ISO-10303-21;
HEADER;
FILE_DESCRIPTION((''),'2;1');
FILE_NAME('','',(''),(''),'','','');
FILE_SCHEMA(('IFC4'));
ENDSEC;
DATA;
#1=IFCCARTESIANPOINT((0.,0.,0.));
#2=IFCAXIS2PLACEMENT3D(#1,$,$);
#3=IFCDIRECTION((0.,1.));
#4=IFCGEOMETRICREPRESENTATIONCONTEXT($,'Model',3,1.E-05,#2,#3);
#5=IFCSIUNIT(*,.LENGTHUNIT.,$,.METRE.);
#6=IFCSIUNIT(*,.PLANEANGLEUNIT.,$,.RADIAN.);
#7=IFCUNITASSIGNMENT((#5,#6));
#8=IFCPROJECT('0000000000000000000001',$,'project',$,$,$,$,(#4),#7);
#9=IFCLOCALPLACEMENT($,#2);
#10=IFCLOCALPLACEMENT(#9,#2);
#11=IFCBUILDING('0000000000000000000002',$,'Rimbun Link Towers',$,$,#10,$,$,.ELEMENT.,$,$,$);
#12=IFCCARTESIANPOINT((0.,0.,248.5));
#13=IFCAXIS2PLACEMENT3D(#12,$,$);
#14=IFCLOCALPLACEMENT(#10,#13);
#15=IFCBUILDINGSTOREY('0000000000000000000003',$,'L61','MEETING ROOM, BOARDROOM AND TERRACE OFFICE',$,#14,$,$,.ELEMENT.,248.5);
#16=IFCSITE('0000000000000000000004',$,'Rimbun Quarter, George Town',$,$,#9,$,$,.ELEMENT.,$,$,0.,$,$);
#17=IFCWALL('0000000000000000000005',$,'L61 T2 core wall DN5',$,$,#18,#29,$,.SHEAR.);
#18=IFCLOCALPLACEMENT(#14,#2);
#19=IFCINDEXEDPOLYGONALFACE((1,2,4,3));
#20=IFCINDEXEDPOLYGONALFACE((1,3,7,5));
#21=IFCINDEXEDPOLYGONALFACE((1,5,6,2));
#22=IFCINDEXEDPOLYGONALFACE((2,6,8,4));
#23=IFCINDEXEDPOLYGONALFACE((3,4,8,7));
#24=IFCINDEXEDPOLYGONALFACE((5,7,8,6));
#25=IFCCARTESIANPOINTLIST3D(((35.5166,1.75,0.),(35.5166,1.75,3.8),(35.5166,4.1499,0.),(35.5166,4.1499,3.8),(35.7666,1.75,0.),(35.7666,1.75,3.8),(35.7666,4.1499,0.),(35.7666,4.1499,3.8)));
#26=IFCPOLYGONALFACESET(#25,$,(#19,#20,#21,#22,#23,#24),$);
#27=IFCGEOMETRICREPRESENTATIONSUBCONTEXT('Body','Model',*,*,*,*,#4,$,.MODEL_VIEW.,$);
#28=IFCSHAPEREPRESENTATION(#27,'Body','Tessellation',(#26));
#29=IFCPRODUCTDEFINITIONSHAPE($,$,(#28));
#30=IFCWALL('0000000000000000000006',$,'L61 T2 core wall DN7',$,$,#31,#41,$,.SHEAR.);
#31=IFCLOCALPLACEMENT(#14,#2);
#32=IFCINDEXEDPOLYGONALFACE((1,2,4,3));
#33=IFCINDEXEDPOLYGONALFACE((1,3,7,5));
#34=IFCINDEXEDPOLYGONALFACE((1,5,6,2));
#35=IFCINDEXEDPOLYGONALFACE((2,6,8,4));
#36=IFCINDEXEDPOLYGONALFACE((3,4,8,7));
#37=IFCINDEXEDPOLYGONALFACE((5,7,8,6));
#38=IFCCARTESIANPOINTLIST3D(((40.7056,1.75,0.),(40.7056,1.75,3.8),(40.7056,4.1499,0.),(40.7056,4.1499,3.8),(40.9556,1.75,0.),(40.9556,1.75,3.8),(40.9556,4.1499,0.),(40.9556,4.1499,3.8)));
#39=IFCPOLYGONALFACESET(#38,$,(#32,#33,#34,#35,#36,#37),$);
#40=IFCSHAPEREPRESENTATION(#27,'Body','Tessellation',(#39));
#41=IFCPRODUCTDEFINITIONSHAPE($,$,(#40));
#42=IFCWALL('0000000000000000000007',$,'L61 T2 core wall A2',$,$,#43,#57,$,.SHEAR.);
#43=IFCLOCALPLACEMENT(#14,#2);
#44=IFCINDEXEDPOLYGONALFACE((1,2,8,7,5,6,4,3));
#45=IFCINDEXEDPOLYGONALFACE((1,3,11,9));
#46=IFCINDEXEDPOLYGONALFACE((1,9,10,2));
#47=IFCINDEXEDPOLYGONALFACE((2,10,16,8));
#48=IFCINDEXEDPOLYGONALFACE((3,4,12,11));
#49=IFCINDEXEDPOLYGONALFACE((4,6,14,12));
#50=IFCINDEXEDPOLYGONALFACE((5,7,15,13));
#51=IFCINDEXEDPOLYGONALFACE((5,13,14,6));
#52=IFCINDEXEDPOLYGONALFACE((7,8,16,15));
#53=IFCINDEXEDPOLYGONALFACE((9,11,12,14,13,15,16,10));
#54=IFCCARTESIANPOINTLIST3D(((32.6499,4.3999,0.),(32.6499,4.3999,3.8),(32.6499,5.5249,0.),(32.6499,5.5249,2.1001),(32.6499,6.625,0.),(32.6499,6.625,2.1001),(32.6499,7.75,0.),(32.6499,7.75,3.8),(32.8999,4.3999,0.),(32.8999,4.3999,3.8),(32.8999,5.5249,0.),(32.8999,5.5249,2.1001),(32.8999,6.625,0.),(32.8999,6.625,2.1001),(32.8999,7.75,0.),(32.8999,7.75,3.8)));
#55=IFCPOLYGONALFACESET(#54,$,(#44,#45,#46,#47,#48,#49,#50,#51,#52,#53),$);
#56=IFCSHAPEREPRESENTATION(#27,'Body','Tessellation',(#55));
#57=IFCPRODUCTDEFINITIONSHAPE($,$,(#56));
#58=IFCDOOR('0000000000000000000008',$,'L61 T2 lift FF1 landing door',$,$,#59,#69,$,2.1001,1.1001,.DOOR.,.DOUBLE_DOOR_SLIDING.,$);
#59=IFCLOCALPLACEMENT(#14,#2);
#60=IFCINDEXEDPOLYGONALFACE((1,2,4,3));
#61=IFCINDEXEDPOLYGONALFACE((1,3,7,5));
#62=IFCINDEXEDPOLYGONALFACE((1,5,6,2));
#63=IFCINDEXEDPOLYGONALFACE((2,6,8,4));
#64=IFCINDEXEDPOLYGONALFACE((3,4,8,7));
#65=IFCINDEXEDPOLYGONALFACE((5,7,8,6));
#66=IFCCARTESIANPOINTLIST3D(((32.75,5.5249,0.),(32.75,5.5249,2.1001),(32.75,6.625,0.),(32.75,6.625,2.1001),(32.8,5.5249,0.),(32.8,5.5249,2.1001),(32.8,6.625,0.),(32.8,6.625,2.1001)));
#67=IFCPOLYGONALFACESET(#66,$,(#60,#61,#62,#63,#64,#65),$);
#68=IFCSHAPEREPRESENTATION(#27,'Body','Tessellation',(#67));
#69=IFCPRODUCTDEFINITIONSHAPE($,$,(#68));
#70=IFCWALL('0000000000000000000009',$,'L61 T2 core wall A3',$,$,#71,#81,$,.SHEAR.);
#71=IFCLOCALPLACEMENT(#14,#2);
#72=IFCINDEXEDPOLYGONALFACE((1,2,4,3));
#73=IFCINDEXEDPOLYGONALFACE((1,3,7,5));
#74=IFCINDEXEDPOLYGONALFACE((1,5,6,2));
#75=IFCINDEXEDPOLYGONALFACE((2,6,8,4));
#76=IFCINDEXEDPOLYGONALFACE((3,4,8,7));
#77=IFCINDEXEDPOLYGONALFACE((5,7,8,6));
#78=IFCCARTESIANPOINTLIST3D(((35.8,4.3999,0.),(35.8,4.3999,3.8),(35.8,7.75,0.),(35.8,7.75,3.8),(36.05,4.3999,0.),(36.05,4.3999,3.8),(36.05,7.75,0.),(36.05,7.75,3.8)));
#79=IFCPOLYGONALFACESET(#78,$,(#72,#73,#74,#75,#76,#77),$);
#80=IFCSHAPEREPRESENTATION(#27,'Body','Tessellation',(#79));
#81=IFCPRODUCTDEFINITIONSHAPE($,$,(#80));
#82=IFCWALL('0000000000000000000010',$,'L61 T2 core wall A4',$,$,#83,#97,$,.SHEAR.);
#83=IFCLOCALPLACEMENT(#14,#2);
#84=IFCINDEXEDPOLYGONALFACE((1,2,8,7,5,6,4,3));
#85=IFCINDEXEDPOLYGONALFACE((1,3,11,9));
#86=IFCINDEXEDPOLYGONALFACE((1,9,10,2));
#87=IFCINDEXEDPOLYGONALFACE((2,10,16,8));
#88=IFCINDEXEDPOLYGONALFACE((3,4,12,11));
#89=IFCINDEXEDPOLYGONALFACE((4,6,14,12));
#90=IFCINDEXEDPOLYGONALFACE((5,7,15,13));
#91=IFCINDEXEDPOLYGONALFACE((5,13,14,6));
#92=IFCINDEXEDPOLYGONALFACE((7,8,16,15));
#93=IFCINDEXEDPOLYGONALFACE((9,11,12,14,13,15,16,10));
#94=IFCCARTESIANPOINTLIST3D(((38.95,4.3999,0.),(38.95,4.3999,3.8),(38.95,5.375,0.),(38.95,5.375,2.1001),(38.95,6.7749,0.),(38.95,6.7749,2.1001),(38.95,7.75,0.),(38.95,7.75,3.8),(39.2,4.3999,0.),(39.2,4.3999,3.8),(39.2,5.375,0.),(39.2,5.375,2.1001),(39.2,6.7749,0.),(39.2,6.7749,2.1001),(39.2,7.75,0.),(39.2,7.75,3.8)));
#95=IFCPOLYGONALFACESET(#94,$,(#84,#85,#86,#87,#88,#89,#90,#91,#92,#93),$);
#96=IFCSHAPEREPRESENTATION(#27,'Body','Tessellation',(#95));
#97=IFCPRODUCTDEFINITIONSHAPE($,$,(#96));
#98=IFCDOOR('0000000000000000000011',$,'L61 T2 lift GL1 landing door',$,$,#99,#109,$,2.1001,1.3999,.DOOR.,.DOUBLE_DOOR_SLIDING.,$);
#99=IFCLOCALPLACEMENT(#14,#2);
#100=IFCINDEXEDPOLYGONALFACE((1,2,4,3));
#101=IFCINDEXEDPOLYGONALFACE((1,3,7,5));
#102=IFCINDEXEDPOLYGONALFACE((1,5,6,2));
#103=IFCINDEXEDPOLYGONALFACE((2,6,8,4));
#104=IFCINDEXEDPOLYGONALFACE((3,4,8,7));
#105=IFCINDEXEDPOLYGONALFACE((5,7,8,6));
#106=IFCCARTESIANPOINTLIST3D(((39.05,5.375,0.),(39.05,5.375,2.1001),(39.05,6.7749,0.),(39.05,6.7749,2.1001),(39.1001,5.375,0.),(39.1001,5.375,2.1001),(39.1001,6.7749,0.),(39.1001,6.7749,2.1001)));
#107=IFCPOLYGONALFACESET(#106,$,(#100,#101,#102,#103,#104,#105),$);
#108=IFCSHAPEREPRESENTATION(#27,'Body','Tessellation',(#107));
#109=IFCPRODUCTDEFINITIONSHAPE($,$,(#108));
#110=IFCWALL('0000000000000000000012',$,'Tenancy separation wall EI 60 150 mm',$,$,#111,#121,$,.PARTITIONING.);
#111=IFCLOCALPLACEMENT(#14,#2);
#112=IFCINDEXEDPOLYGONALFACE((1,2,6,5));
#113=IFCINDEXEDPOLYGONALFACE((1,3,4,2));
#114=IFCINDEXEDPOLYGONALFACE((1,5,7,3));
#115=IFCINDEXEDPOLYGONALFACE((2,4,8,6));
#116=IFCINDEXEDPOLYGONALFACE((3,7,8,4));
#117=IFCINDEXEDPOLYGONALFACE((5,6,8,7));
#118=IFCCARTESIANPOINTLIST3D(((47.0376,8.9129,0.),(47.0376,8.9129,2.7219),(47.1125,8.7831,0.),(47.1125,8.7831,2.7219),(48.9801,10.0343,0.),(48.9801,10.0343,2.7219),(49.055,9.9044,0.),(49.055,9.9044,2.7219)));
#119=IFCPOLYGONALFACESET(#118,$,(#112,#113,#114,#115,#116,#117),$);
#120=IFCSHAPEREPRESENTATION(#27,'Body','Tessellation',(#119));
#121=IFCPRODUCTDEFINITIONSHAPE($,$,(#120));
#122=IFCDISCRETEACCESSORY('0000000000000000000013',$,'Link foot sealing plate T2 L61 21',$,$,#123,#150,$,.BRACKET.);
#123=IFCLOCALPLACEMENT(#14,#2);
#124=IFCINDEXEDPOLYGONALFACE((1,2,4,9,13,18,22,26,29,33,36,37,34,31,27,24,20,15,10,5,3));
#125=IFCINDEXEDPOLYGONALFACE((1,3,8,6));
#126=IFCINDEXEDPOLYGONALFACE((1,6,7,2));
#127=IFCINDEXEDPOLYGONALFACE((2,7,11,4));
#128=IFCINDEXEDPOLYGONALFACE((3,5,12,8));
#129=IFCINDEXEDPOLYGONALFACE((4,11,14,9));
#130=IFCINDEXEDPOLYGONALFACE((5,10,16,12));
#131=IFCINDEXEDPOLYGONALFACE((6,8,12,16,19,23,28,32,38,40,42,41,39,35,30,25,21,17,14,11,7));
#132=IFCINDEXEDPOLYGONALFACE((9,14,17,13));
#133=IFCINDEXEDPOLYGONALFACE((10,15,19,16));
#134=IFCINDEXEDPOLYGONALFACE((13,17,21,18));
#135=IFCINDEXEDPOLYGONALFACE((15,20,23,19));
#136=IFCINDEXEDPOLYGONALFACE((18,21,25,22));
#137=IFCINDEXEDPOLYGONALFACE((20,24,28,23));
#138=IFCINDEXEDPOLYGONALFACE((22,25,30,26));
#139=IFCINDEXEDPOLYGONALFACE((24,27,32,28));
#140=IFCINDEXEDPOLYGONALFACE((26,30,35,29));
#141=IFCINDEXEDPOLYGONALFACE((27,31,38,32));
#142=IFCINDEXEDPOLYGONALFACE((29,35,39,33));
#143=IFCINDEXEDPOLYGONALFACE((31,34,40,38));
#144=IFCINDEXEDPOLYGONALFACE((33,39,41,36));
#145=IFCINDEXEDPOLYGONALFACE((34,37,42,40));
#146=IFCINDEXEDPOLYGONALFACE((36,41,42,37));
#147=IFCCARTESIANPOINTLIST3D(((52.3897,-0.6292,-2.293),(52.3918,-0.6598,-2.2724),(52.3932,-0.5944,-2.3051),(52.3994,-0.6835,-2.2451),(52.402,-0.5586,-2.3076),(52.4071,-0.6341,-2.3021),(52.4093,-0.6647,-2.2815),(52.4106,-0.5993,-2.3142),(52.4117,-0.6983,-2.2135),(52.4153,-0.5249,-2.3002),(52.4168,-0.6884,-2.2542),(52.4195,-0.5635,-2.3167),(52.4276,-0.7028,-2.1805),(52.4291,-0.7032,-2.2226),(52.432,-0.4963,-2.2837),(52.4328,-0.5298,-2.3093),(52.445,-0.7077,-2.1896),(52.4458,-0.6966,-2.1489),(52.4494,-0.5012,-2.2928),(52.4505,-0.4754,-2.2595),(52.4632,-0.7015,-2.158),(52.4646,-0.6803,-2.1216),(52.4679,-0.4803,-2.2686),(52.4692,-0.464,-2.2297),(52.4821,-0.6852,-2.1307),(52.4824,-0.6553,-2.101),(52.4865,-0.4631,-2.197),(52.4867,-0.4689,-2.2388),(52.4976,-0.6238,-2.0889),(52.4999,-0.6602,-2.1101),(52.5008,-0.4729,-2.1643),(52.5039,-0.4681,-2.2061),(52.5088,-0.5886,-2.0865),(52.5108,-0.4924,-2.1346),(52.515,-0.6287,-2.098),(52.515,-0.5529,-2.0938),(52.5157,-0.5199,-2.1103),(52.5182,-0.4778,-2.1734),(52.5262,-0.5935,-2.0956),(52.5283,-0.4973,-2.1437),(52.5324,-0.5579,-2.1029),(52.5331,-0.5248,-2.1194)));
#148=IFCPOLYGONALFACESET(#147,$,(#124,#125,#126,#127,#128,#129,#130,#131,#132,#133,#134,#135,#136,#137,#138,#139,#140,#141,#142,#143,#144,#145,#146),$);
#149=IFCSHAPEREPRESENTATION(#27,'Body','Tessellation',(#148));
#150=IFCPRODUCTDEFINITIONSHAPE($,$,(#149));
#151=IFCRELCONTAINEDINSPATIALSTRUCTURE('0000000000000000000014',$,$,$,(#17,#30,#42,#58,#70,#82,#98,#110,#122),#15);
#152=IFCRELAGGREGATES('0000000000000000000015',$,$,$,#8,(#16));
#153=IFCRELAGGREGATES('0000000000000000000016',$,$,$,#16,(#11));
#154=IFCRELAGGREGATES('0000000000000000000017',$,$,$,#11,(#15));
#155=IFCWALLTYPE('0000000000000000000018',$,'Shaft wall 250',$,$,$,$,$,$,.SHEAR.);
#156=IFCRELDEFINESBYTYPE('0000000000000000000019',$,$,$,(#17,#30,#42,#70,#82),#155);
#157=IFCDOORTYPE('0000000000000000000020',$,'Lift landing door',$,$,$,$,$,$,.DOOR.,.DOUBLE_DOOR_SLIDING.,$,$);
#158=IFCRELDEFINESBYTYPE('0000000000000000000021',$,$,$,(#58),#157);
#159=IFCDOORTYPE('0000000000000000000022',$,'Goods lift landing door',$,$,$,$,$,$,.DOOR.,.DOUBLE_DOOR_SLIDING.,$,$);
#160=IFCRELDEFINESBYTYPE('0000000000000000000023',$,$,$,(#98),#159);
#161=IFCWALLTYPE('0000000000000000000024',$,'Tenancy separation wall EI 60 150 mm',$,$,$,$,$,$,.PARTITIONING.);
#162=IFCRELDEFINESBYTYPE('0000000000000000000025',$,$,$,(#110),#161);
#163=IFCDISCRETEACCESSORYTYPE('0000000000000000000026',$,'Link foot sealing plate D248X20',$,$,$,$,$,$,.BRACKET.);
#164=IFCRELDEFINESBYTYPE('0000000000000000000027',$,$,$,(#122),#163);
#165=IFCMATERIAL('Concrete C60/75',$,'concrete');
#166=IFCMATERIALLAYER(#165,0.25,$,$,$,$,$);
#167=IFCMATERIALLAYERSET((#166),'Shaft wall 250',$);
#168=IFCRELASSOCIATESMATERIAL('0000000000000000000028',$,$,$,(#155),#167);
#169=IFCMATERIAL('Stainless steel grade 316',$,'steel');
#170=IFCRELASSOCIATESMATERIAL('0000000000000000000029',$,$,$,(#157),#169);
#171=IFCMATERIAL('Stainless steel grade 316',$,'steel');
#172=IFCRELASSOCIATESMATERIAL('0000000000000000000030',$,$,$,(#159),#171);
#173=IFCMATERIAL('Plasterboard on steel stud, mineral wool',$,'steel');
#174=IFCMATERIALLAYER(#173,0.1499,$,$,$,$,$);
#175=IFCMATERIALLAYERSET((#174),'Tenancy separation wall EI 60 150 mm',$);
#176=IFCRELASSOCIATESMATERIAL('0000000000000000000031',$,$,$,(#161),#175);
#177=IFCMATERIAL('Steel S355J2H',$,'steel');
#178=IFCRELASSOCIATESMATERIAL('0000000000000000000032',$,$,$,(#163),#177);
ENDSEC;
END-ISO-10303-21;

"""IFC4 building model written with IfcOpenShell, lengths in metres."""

from ifc_helpers import new_model, si_unit, direction, frame, frame_2d, origin, origin_2d, place, context, subcontext, project, spatial, rectangle, circle, extrude, material, layer, layer_set, material_profile, profile_set, type_object, element, fill, save


model = new_model("IFC4")

# Units and contexts
model_context = context("Model", 3, precision=1e-05, world=origin(), true_north=direction((0.0, 1.0)))
body_context = subcontext(model_context, "Body", "Model", "MODEL_VIEW")
ifc_project = project(units=[si_unit("LENGTHUNIT", "METRE"), si_unit("PLANEANGLEUNIT", "RADIAN")], contexts=[model_context])

# Site, building, storey
site_placement = place(None, origin())
site = spatial("IfcSite", under=ifc_project, at=site_placement, Name="Rimbun Quarter, George Town", CompositionType="ELEMENT", RefElevation=0.0)
building_placement = place(site_placement, origin())
building = spatial("IfcBuilding", under=site, at=building_placement, Name="Rimbun Link Towers", CompositionType="ELEMENT")
storey_placement = place(building_placement, frame((0.0, 0.0, 248.5)))
storey = spatial("IfcBuildingStorey", under=building, at=storey_placement, Name="L61", Description="MEETING ROOM, BOARDROOM AND TERRACE OFFICE", CompositionType="ELEMENT", Elevation=248.5)

# Walls
ifc_material_1 = material(Name="Concrete C60/75", Category="concrete")
ifc_layer_1 = layer(ifc_material_1, 0.25)
ifc_layer_set_1 = layer_set([ifc_layer_1], Name="Shaft wall 250")
wall_type_1 = type_object("IfcWallType", Name="Shaft wall 250", PredefinedType="SHEAR", material=ifc_layer_set_1)
for number, where, z_axis, x_axis, name in (
    (1, (35.6416, 1.75, 0.0), (0.0, 0.0, 1.0), (0.0, 1.0, 0.0), "L61 T2 core wall DN5"),
    (2, (40.8306, 1.75, 0.0), (0.0, 0.0, 1.0), (0.0, 1.0, 0.0), "L61 T2 core wall DN7"),
):
    element("IfcWall", number, at=place(storey_placement, frame(where, z_axis=z_axis, x_axis=x_axis)), inside=storey, type_object=wall_type_1, Name=name, PredefinedType="SHEAR", context=body_context, shape_type="SweptSolid", body=[
        extrude(rectangle(XDim=2.3999, YDim=0.25, at=frame_2d((1.2, 0.0))), origin(), (0.0, 0.0, 1.0), 3.8),
    ])

# Wall, opening, door
wall_1_placement = place(storey_placement, frame((32.7749, 4.3999, 0.0), z_axis=(0.0, 0.0, 1.0), x_axis=(0.0, 1.0, 0.0)))
wall_1 = element("IfcWall", 3, at=wall_1_placement, inside=storey, type_object=wall_type_1, Name="L61 T2 core wall A2", PredefinedType="SHEAR", context=body_context, shape_type="SweptSolid", body=[
    extrude(rectangle(XDim=3.3501, YDim=0.25, at=frame_2d((1.675, 0.0))), origin(), (0.0, 0.0, 1.0), 3.8),
])
opening_1_placement = place(wall_1_placement, frame((1.125, 0.0, 0.0)))
opening_1 = element("IfcOpeningElement", 4, at=opening_1_placement, cuts=wall_1, PredefinedType="OPENING", context=body_context, shape_type="SweptSolid", body=[
    extrude(rectangle(XDim=1.1001, YDim=2.1001, at=frame_2d((0.55, 1.05))), frame((0.0, 0.135, 0.0), z_axis=(0.0, -1.0, 0.0), x_axis=(1.0, 0.0, 0.0)), (0.0, 0.0, 1.0), 0.27),
])
ifc_material_2 = material(Name="Stainless steel grade 316", Category="steel")
door_type_1 = type_object("IfcDoorType", Name="Lift landing door", OperationType="DOUBLE_DOOR_SLIDING", PredefinedType="DOOR", material=ifc_material_2)
door_1_placement = place(opening_1_placement, origin())
door_1 = element("IfcDoor", 5, at=door_1_placement, inside=storey, type_object=door_type_1, Name="L61 T2 lift FF1 landing door", OperationType="DOUBLE_DOOR_SLIDING", OverallHeight=2.1001, OverallWidth=1.1001, PredefinedType="DOOR", context=body_context, shape_type="SweptSolid", body=[
    extrude(rectangle(XDim=1.1001, YDim=2.1001, at=frame_2d((0.55, 1.05))), frame((0.0, 0.0249, 0.0), z_axis=(0.0, -1.0, 0.0), x_axis=(1.0, 0.0, 0.0)), (0.0, 0.0, 1.0), 0.05),
])
fill(opening_1, door_1)

# Wall
wall_2_placement = place(storey_placement, frame((35.925, 4.3999, 0.0), z_axis=(0.0, 0.0, 1.0), x_axis=(0.0, 1.0, 0.0)))
element("IfcWall", 6, at=wall_2_placement, inside=storey, type_object=wall_type_1, Name="L61 T2 core wall A3", PredefinedType="SHEAR", context=body_context, shape_type="SweptSolid", body=[
    extrude(rectangle(XDim=3.3501, YDim=0.25, at=frame_2d((1.675, 0.0))), origin(), (0.0, 0.0, 1.0), 3.8),
])

# Wall, opening, door
wall_3_placement = place(storey_placement, frame((39.075, 4.3999, 0.0), z_axis=(0.0, 0.0, 1.0), x_axis=(0.0, 1.0, 0.0)))
wall_3 = element("IfcWall", 7, at=wall_3_placement, inside=storey, type_object=wall_type_1, Name="L61 T2 core wall A4", PredefinedType="SHEAR", context=body_context, shape_type="SweptSolid", body=[
    extrude(rectangle(XDim=3.3501, YDim=0.25, at=frame_2d((1.675, 0.0))), origin(), (0.0, 0.0, 1.0), 3.8),
])
opening_2_placement = place(wall_3_placement, frame((0.9751, 0.0, 0.0)))
opening_2 = element("IfcOpeningElement", 8, at=opening_2_placement, cuts=wall_3, PredefinedType="OPENING", context=body_context, shape_type="SweptSolid", body=[
    extrude(rectangle(XDim=1.3999, YDim=2.1001, at=frame_2d((0.7, 1.05))), frame((0.0, 0.135, 0.0), z_axis=(0.0, -1.0, 0.0), x_axis=(1.0, 0.0, 0.0)), (0.0, 0.0, 1.0), 0.27),
])
ifc_material_3 = material(Name="Stainless steel grade 316", Category="steel")
door_type_2 = type_object("IfcDoorType", Name="Goods lift landing door", OperationType="DOUBLE_DOOR_SLIDING", PredefinedType="DOOR", material=ifc_material_3)
door_2_placement = place(opening_2_placement, origin())
door_2 = element("IfcDoor", 9, at=door_2_placement, inside=storey, type_object=door_type_2, Name="L61 T2 lift GL1 landing door", OperationType="DOUBLE_DOOR_SLIDING", OverallHeight=2.1001, OverallWidth=1.3999, PredefinedType="DOOR", context=body_context, shape_type="SweptSolid", body=[
    extrude(rectangle(XDim=1.3999, YDim=2.1001, at=frame_2d((0.7, 1.05))), frame((0.0, 0.0249, 0.0), z_axis=(0.0, -1.0, 0.0), x_axis=(1.0, 0.0, 0.0)), (0.0, 0.0, 1.0), 0.05),
])
fill(opening_2, door_2)

# Wall
ifc_material_4 = material(Name="Plasterboard on steel stud, mineral wool", Category="steel")
ifc_layer_2 = layer(ifc_material_4, 0.1499)
ifc_layer_set_2 = layer_set([ifc_layer_2], Name="Tenancy separation wall EI 60 150 mm")
wall_type_2 = type_object("IfcWallType", Name="Tenancy separation wall EI 60 150 mm", PredefinedType="PARTITIONING", material=ifc_layer_set_2)
wall_4_placement = place(storey_placement, frame((47.075, 8.8479, 0.0), z_axis=(0.0, 0.0, 1.0), x_axis=(0.866044, 0.499967, 0.0)))
element("IfcWall", 10, at=wall_4_placement, inside=storey, type_object=wall_type_2, Name="Tenancy separation wall EI 60 150 mm", PredefinedType="PARTITIONING", context=body_context, shape_type="SweptSolid", body=[
    extrude(rectangle(XDim=2.2429, YDim=0.1499, at=frame_2d((1.1216, 0.0))), origin(), (0.0, 0.0, 1.0), 2.7219),
])

# Discrete accessory
ifc_material_5 = material(Name="Steel S355J2H", Category="steel")
ifc_material_profile_1 = material_profile(ifc_material_5, circle(Radius=0.124, at=origin_2d()), Name="PL D248")
ifc_profile_set_1 = profile_set([ifc_material_profile_1], Name="Steel S355J2H")
discrete_accessory_type = type_object("IfcDiscreteAccessoryType", Name="Link foot sealing plate D248X20", PredefinedType="BRACKET", material=ifc_profile_set_1)
discrete_accessory_placement = place(storey_placement, frame((52.4529, -0.5825, -2.197), z_axis=(0.860369, -0.242357, -0.448361), x_axis=(0.271138, 0.96254, 0.0)))
element("IfcDiscreteAccessory", 11, at=discrete_accessory_placement, inside=storey, type_object=discrete_accessory_type, Name="Link foot sealing plate T2 L61 21", PredefinedType="BRACKET", context=body_context, shape_type="SweptSolid", body=[
    extrude(circle(Radius=0.124, at=origin_2d()), origin(), (0.0, 0.0, 1.0), 0.0203),
])

save(model, "model.ifc")
